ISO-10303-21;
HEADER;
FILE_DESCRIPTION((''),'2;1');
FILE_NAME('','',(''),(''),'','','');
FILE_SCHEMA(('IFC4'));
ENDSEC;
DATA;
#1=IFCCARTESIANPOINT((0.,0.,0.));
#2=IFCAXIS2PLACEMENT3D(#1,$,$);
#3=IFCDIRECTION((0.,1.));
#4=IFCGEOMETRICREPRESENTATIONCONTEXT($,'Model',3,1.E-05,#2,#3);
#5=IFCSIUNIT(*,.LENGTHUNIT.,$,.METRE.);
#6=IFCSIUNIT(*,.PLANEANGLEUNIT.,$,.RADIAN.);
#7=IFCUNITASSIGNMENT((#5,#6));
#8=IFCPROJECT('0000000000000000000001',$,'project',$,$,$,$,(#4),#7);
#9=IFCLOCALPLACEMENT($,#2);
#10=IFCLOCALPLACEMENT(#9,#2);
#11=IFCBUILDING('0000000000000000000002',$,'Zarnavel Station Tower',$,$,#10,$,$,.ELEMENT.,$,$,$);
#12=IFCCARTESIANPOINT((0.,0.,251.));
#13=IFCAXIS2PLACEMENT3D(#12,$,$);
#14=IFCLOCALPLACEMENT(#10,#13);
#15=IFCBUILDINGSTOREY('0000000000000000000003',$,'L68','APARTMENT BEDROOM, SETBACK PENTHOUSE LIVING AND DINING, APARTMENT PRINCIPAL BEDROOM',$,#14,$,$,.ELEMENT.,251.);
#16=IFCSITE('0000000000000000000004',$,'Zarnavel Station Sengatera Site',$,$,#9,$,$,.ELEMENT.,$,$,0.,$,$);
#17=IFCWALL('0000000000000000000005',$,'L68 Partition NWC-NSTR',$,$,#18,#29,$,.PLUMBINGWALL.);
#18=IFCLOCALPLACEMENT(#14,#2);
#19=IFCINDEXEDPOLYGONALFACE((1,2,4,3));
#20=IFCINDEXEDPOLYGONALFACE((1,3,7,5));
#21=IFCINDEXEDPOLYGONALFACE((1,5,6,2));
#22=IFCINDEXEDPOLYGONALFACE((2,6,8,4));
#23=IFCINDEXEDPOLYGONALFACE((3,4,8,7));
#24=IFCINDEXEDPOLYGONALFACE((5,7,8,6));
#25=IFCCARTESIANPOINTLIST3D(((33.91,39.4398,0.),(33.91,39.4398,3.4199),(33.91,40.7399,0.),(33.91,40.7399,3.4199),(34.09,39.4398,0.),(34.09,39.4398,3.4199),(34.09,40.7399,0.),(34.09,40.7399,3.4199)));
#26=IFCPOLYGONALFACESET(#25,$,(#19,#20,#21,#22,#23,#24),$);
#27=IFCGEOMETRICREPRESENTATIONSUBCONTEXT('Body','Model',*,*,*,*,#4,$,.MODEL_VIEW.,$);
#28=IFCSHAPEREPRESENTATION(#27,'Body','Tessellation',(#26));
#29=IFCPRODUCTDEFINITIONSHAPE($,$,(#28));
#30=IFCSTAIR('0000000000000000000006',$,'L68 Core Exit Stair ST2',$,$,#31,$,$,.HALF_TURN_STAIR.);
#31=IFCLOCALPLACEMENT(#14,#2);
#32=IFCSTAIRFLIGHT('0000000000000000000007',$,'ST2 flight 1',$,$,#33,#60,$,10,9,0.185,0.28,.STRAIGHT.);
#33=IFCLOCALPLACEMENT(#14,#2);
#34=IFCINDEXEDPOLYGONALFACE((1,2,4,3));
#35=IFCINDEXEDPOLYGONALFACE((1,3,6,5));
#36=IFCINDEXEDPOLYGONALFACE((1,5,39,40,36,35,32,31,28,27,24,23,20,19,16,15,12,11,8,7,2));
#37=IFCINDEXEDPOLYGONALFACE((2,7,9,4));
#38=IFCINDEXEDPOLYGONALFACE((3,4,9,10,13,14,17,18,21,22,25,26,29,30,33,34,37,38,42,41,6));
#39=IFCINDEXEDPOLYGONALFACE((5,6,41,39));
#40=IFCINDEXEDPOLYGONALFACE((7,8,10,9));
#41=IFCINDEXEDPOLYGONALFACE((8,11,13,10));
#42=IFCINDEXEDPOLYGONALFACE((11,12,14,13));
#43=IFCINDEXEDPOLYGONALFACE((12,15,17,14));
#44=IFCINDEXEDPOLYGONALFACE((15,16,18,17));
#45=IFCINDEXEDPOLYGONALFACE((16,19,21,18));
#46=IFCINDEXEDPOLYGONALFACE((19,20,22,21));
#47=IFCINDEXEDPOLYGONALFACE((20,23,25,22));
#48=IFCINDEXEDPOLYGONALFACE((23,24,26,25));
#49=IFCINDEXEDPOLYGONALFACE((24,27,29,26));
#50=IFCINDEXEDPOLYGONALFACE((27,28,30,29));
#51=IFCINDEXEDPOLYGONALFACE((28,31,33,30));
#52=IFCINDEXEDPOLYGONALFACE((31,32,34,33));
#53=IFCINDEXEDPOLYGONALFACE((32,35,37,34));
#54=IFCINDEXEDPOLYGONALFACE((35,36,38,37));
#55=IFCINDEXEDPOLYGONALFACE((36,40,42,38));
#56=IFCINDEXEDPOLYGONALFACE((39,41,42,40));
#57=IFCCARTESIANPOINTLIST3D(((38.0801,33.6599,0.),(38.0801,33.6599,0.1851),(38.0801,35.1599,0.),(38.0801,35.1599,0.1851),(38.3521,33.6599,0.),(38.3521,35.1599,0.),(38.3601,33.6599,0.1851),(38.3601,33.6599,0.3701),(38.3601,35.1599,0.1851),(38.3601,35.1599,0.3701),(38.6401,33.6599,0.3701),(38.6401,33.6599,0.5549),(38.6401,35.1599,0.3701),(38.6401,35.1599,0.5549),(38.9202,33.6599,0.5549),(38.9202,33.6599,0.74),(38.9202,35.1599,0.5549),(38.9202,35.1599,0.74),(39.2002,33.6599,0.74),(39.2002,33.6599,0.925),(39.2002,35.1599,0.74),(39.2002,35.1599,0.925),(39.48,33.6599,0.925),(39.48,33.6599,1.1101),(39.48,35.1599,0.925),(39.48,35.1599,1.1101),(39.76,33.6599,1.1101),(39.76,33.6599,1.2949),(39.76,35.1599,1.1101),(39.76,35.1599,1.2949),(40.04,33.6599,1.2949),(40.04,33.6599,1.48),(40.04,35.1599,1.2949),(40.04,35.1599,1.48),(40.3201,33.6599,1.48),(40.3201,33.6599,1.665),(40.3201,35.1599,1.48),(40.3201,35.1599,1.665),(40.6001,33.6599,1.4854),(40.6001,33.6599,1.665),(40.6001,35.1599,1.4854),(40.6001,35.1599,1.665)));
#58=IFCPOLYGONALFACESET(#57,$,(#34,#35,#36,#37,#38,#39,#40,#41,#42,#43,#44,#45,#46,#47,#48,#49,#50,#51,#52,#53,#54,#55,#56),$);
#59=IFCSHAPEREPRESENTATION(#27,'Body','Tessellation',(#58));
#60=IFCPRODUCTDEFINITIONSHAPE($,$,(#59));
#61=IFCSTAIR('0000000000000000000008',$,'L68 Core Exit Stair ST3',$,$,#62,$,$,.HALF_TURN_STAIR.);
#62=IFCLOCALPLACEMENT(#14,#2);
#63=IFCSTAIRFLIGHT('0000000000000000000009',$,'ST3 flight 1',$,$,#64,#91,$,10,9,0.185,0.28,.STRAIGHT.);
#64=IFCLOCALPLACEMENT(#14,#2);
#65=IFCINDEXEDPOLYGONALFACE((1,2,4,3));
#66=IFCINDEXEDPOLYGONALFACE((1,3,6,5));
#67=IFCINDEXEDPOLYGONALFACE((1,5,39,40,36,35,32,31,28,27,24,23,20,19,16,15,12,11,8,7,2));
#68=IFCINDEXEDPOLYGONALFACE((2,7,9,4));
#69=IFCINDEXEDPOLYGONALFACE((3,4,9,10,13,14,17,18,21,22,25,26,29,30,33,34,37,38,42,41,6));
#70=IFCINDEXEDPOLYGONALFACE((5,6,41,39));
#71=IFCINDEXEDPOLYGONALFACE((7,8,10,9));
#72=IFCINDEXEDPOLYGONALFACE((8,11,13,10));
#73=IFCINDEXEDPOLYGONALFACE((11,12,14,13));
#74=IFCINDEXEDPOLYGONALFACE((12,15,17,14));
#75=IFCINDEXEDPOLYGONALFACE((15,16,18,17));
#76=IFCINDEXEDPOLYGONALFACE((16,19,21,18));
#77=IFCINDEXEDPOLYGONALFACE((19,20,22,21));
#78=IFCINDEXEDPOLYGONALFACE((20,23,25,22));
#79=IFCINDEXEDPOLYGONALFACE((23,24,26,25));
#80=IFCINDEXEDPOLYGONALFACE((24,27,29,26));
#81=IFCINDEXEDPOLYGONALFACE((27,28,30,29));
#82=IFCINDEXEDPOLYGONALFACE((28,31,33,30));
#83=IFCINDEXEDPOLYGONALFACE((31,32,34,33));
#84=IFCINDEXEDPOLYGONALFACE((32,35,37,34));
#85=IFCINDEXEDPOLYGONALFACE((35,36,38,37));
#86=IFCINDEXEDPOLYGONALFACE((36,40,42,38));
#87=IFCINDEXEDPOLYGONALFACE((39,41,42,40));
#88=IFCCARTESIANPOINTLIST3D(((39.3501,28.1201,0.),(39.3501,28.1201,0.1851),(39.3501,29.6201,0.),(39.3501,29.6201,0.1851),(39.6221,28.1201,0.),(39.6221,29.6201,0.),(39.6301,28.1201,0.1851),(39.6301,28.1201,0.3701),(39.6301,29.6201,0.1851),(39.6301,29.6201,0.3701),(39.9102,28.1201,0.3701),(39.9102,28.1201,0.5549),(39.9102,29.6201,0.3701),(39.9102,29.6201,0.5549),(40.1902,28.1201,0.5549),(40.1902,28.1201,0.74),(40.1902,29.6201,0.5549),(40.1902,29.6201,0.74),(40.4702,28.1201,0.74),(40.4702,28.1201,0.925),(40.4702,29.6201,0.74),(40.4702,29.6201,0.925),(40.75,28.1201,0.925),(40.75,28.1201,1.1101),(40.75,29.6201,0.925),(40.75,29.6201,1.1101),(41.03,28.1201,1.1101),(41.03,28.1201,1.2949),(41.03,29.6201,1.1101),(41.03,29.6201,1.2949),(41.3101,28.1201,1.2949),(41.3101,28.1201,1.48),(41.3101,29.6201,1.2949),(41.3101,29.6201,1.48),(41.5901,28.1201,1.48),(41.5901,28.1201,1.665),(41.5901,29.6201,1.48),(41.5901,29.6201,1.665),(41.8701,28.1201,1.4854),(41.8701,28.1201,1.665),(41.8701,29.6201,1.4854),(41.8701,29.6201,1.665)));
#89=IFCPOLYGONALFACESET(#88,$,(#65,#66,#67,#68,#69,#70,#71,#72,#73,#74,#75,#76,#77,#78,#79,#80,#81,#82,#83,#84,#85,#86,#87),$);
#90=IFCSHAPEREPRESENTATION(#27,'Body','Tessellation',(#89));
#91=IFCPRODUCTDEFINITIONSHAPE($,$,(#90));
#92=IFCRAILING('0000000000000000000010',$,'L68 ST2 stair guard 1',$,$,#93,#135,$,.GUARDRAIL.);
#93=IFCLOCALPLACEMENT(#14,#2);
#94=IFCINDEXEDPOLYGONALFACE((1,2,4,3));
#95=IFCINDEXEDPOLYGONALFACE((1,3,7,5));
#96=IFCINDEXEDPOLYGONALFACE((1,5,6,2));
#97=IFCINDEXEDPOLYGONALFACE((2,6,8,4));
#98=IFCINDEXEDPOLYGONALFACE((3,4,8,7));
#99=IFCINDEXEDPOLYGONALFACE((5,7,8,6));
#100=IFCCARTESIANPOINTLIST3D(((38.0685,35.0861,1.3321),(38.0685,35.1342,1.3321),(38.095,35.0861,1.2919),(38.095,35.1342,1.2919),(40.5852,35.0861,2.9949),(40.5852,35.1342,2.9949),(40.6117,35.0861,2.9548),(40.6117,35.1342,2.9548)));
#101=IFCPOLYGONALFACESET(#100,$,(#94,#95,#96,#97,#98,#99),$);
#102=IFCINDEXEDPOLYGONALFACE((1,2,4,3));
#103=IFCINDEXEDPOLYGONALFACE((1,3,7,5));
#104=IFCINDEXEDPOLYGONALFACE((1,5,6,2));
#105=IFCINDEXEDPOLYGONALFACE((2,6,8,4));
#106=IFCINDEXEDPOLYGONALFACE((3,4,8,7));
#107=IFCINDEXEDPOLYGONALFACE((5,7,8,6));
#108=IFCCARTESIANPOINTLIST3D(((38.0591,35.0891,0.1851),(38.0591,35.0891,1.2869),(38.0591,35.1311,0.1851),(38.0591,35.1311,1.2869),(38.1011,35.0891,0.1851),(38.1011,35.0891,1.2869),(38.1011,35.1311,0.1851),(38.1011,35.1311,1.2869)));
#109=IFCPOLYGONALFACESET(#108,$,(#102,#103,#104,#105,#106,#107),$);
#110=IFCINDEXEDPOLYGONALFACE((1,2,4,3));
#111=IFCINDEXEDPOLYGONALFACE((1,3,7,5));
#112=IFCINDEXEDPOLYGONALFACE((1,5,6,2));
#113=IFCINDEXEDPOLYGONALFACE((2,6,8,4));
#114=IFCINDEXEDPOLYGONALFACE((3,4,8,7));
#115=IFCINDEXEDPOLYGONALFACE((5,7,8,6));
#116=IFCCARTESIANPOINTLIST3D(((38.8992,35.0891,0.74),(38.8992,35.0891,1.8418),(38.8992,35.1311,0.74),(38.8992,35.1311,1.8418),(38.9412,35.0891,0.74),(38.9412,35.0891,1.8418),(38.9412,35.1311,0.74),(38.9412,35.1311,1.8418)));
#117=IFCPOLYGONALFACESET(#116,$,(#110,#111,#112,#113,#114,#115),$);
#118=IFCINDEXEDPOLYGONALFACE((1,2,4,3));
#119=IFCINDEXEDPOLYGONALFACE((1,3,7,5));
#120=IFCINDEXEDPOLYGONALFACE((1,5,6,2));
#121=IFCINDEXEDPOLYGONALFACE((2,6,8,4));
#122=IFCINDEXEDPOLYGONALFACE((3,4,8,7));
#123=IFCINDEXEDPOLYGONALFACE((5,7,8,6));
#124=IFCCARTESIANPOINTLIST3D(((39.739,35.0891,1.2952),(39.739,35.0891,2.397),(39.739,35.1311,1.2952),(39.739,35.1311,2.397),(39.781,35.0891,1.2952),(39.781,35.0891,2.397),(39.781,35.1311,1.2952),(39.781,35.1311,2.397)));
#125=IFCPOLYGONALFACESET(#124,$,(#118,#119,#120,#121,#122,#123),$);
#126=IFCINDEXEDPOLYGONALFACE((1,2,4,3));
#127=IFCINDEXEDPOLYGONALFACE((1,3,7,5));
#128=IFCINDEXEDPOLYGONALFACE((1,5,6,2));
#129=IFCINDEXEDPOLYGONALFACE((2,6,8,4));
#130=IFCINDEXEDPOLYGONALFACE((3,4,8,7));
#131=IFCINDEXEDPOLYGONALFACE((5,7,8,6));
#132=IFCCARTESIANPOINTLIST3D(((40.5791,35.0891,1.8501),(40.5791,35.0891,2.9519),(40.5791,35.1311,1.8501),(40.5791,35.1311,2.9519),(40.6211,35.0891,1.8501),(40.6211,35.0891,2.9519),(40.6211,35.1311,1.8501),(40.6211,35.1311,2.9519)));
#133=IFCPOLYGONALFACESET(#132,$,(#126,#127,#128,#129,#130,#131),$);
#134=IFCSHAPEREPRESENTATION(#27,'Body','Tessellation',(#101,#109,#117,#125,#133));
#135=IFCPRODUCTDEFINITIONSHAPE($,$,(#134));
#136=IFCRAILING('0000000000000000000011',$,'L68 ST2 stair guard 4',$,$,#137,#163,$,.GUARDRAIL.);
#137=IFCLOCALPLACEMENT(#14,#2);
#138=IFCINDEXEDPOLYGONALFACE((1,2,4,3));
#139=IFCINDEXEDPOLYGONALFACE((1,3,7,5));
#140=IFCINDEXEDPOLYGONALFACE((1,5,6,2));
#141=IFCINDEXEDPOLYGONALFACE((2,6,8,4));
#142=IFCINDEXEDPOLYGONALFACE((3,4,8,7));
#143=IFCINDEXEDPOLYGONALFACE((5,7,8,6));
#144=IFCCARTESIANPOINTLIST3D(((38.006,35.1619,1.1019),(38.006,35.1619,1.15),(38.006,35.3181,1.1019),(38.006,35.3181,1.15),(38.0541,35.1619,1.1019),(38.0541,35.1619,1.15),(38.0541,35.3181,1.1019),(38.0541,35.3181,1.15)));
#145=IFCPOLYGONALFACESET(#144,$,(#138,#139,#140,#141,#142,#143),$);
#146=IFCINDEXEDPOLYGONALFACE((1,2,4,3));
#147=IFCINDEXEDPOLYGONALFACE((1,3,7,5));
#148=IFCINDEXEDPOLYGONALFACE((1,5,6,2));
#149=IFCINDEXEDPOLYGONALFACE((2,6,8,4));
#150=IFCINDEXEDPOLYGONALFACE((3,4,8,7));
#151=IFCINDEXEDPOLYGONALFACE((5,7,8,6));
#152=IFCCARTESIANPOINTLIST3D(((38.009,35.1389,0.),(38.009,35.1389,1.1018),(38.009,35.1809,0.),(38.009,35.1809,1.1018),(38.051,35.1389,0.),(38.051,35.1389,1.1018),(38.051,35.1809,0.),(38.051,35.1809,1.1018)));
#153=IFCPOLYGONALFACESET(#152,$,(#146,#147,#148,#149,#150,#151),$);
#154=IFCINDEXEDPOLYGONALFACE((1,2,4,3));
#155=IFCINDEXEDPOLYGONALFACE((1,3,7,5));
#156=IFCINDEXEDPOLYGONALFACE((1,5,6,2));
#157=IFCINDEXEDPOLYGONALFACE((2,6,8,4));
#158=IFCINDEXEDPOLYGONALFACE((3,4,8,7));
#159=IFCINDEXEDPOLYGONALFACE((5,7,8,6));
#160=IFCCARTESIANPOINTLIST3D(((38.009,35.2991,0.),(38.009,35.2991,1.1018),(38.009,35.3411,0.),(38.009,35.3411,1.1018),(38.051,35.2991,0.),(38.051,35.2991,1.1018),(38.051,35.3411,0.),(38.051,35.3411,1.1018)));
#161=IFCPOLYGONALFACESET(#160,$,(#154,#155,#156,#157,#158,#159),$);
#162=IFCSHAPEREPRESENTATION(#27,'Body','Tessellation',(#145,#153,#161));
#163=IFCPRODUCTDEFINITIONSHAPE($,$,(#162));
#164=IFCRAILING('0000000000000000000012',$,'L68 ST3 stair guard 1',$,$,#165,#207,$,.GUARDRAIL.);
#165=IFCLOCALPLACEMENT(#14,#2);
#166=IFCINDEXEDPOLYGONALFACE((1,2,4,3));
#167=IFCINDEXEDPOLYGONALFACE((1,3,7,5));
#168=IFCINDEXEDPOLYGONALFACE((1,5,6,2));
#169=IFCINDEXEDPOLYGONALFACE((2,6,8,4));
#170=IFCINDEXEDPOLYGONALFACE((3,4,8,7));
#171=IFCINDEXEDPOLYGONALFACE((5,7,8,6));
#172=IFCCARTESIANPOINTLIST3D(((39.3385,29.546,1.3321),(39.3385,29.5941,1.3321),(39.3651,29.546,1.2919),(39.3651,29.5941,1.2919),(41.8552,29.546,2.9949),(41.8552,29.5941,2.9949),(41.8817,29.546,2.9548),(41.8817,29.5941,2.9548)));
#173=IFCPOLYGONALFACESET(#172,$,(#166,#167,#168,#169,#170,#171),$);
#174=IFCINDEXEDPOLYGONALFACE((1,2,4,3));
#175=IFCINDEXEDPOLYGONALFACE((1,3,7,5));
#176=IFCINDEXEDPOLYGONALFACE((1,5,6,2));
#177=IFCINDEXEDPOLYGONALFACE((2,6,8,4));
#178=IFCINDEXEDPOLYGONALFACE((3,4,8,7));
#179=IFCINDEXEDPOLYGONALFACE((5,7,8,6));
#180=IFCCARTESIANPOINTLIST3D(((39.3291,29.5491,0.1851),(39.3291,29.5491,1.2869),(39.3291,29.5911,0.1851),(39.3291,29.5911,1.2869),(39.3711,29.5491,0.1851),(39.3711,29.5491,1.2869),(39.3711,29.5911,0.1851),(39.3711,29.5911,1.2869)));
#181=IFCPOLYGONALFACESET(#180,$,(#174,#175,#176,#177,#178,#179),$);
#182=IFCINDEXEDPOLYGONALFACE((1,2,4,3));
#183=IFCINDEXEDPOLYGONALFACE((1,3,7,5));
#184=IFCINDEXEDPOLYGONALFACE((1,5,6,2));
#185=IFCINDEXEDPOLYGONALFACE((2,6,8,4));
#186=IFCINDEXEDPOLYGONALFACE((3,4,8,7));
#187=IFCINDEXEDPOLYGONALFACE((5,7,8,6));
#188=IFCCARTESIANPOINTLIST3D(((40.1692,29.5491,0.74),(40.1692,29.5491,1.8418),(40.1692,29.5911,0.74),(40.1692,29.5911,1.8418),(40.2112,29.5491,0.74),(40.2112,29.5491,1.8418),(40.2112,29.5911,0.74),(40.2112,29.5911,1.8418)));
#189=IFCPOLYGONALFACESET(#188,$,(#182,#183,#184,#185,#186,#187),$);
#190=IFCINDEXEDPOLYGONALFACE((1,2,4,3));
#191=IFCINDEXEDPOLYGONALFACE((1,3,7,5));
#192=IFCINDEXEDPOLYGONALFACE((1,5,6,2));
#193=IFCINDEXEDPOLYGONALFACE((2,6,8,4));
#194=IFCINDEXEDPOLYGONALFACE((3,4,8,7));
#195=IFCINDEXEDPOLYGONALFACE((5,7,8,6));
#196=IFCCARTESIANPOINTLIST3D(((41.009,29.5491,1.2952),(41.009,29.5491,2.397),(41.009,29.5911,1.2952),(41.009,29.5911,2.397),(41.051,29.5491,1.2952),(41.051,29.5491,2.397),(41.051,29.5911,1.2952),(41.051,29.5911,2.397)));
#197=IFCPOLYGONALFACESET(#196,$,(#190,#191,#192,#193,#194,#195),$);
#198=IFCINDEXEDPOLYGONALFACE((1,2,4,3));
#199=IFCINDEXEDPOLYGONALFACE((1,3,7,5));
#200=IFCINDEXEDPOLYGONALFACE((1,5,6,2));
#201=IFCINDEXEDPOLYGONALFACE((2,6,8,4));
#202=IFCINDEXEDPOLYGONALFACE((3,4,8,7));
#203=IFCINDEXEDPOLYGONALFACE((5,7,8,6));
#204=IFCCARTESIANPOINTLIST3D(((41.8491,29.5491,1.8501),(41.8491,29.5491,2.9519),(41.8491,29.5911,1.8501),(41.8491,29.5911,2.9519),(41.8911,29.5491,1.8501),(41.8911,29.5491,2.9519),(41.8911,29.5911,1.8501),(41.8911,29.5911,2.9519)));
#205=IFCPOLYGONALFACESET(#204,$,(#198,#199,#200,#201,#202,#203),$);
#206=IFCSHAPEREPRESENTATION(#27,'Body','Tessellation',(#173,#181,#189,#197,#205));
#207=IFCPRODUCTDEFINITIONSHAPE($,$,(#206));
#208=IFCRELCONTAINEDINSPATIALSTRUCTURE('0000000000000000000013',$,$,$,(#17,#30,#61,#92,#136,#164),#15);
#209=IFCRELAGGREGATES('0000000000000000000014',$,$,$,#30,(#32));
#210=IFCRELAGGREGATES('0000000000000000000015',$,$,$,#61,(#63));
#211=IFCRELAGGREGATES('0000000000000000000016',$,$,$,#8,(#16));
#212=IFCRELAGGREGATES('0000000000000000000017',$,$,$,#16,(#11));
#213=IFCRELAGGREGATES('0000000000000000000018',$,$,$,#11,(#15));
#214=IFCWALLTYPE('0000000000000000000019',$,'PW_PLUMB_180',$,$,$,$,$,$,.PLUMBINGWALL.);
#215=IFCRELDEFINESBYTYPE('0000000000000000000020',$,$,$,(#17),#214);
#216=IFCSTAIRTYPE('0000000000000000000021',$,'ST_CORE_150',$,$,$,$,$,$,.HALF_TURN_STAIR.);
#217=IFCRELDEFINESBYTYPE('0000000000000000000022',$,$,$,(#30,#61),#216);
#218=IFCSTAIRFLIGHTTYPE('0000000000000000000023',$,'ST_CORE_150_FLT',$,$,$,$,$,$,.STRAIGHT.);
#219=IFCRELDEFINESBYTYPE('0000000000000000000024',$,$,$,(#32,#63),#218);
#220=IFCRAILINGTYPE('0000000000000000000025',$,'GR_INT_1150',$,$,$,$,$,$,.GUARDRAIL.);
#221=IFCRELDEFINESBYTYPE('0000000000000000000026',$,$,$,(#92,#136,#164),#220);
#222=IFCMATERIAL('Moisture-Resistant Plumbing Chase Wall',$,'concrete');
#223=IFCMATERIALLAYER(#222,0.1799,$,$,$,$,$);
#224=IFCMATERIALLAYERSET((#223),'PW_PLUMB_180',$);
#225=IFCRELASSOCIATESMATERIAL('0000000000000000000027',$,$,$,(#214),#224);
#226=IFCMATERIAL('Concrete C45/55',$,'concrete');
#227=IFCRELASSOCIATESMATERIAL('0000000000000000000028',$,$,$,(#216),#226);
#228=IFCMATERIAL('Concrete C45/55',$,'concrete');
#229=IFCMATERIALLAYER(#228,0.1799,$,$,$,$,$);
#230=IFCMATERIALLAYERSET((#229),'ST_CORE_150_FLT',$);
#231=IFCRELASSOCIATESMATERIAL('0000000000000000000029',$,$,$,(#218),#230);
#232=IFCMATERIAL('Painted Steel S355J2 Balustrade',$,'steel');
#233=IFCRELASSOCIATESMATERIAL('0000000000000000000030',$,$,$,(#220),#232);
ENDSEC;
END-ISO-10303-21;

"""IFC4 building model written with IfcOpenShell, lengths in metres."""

from ifc_helpers import new_model, si_unit, direction, frame, frame_2d, origin, origin_2d, place, context, subcontext, project, spatial, polyline, rectangle, outline, extrude, material, layer, layer_set, type_object, element, aggregate, save


model = new_model("IFC4")

# Units and contexts
model_context = context("Model", 3, precision=1e-05, world=origin(), true_north=direction((0.0, 1.0)))
body_context = subcontext(model_context, "Body", "Model", "MODEL_VIEW")
ifc_project = project(units=[si_unit("LENGTHUNIT", "METRE"), si_unit("PLANEANGLEUNIT", "RADIAN")], contexts=[model_context])

# Site, building, storey
site_placement = place(None, origin())
site = spatial("IfcSite", under=ifc_project, at=site_placement, Name="Zarnavel Station Sengatera Site", CompositionType="ELEMENT", RefElevation=0.0)
building_placement = place(site_placement, origin())
building = spatial("IfcBuilding", under=site, at=building_placement, Name="Zarnavel Station Tower", CompositionType="ELEMENT")
storey_placement = place(building_placement, frame((0.0, 0.0, 251.0)))
storey = spatial("IfcBuildingStorey", under=building, at=storey_placement, Name="L68", Description="APARTMENT BEDROOM, SETBACK PENTHOUSE LIVING AND DINING, APARTMENT PRINCIPAL BEDROOM", CompositionType="ELEMENT", Elevation=251.0)

# Wall
ifc_material_1 = material(Name="Moisture-Resistant Plumbing Chase Wall", Category="concrete")
ifc_layer_1 = layer(ifc_material_1, 0.1799)
ifc_layer_set_1 = layer_set([ifc_layer_1], Name="PW_PLUMB_180")
wall_type_1 = type_object("IfcWallType", Name="PW_PLUMB_180", PredefinedType="PLUMBINGWALL", material=ifc_layer_set_1)
wall_1_placement = place(storey_placement, frame((34.0, 39.4399, 0.0), z_axis=(0.0, 0.0, 1.0), x_axis=(0.0, 1.0, 0.0)))
element("IfcWall", 1, at=wall_1_placement, inside=storey, type_object=wall_type_1, Name="L68 Partition NWC-NSTR", PredefinedType="PLUMBINGWALL", context=body_context, shape_type="SweptSolid", body=[
    extrude(rectangle(XDim=1.3, YDim=0.1799, at=frame_2d((0.6499, 0.0))), origin(), (0.0, 0.0, 1.0), 3.4199),
])

# Stairs, stair flights
ifc_material_2 = material(Name="Concrete C45/55", Category="concrete")
stair_type = type_object("IfcStairType", Name="ST_CORE_150", PredefinedType="HALF_TURN_STAIR", material=ifc_material_2)
stair_1_placement = place(storey_placement, origin())
stair_1 = element("IfcStair", 2, at=stair_1_placement, inside=storey, type_object=stair_type, Name="L68 Core Exit Stair ST2", PredefinedType="HALF_TURN_STAIR")
ifc_material_3 = material(Name="Concrete C45/55", Category="concrete")
ifc_layer_2 = layer(ifc_material_3, 0.1799)
ifc_layer_set_2 = layer_set([ifc_layer_2], Name="ST_CORE_150_FLT")
stair_flight_type = type_object("IfcStairFlightType", Name="ST_CORE_150_FLT", PredefinedType="STRAIGHT", material=ifc_layer_set_2)
stair_flight_1_placement = place(storey_placement, frame((38.0801, 34.4099, 0.0), z_axis=(0.0, 0.0, 1.0), x_axis=(1.0, 0.0, 0.0)))
stair_flight_1 = element("IfcStairFlight", 3, at=stair_flight_1_placement, type_object=stair_flight_type, Name="ST2 flight 1", NumberOfRisers=10, NumberOfTreads=9, PredefinedType="STRAIGHT", RiserHeight=0.185, TreadLength=0.28, context=body_context, shape_type="SweptSolid", body=[
    extrude(outline(polyline([(0.0, 0.0), (0.0, 0.1851), (0.28, 0.1851), (0.28, 0.3701), (0.5601, 0.3701), (0.5601, 0.5549), (0.8401, 0.5549), (0.8401, 0.74), (1.1201, 0.74), (1.1201, 0.925), (1.3999, 0.925), (1.3999, 1.1101), (1.6799, 1.1101), (1.6799, 1.2949), (1.96, 1.2949), (1.96, 1.48), (2.24, 1.48), (2.24, 1.665), (2.52, 1.665), (2.52, 1.8501), (2.52, 1.4854), (0.272, 0.0), (0.0, 0.0)])), frame((0.0, 0.75, 0.0), z_axis=(0.0, -1.0, 0.0), x_axis=(1.0, 0.0, 0.0)), (0.0, 0.0, 1.0), 1.5),
])
aggregate(stair_1, [stair_flight_1])
stair_2_placement = place(storey_placement, origin())
stair_2 = element("IfcStair", 4, at=stair_2_placement, inside=storey, type_object=stair_type, Name="L68 Core Exit Stair ST3", PredefinedType="HALF_TURN_STAIR")
stair_flight_2_placement = place(storey_placement, frame((39.3501, 28.8701, 0.0), z_axis=(0.0, 0.0, 1.0), x_axis=(1.0, 0.0, 0.0)))
stair_flight_2 = element("IfcStairFlight", 5, at=stair_flight_2_placement, type_object=stair_flight_type, Name="ST3 flight 1", NumberOfRisers=10, NumberOfTreads=9, PredefinedType="STRAIGHT", RiserHeight=0.185, TreadLength=0.28, context=body_context, shape_type="SweptSolid", body=[
    extrude(outline(polyline([(0.0, 0.0), (0.0, 0.1851), (0.28, 0.1851), (0.28, 0.3701), (0.5601, 0.3701), (0.5601, 0.5549), (0.8401, 0.5549), (0.8401, 0.74), (1.1201, 0.74), (1.1201, 0.925), (1.3999, 0.925), (1.3999, 1.1101), (1.6799, 1.1101), (1.6799, 1.2949), (1.96, 1.2949), (1.96, 1.48), (2.24, 1.48), (2.24, 1.665), (2.52, 1.665), (2.52, 1.8501), (2.52, 1.4854), (0.272, 0.0), (0.0, 0.0)])), frame((0.0, 0.75, 0.0), z_axis=(0.0, -1.0, 0.0), x_axis=(1.0, 0.0, 0.0)), (0.0, 0.0, 1.0), 1.5),
])
aggregate(stair_2, [stair_flight_2])

# Railings
ifc_material_4 = material(Name="Painted Steel S355J2 Balustrade", Category="steel")
railing_type_1 = type_object("IfcRailingType", Name="GR_INT_1150", PredefinedType="GUARDRAIL", material=ifc_material_4)
railing_1_placement = place(storey_placement, frame((38.0801, 35.1101, 0.1851)))
element("IfcRailing", 6, at=railing_1_placement, inside=storey, type_object=railing_type_1, Name="L68 ST2 stair guard 1", PredefinedType="GUARDRAIL", context=body_context, shape_type="SweptSolid", body=[
    extrude(rectangle(XDim=0.0481, YDim=0.0481, at=origin_2d()), frame((0.0017, 0.0, 1.127), z_axis=(0.834331, 0.0, 0.551263), x_axis=(0.0, 1.0, 0.0)), (0.0, 0.0, 1.0), 3.0164),
    extrude(rectangle(XDim=0.042, YDim=0.042, at=origin_2d()), origin(), (0.0, 0.0, 1.0), 1.1018),
    extrude(rectangle(XDim=0.042, YDim=0.042, at=origin_2d()), frame((0.8401, 0.0, 0.5549)), (0.0, 0.0, 1.0), 1.1018),
    extrude(rectangle(XDim=0.042, YDim=0.042, at=origin_2d()), frame((1.6799, 0.0, 1.1101)), (0.0, 0.0, 1.0), 1.1018),
    extrude(rectangle(XDim=0.042, YDim=0.042, at=origin_2d()), frame((2.52, 0.0, 1.665)), (0.0, 0.0, 1.0), 1.1018),
])
railing_2_placement = place(storey_placement, frame((38.03, 35.1599, 0.0)))
element("IfcRailing", 7, at=railing_2_placement, inside=storey, type_object=railing_type_1, Name="L68 ST2 stair guard 4", PredefinedType="GUARDRAIL", context=body_context, shape_type="SweptSolid", body=[
    extrude(rectangle(XDim=0.0481, YDim=0.0481, at=origin_2d()), frame((0.0, 0.002, 1.126), z_axis=(0.0, 1.0, 0.0), x_axis=(-1.0, 0.0, 0.0)), (0.0, 0.0, 1.0), 0.1562),
    extrude(rectangle(XDim=0.042, YDim=0.042, at=origin_2d()), origin(), (0.0, 0.0, 1.0), 1.1018),
    extrude(rectangle(XDim=0.042, YDim=0.042, at=origin_2d()), frame((0.0, 0.1602, 0.0)), (0.0, 0.0, 1.0), 1.1018),
])
railing_3_placement = place(storey_placement, frame((39.3501, 29.5701, 0.1851)))
element("IfcRailing", 8, at=railing_3_placement, inside=storey, type_object=railing_type_1, Name="L68 ST3 stair guard 1", PredefinedType="GUARDRAIL", context=body_context, shape_type="SweptSolid", body=[
    extrude(rectangle(XDim=0.0481, YDim=0.0481, at=origin_2d()), frame((0.0017, 0.0, 1.127), z_axis=(0.834331, 0.0, 0.551263), x_axis=(0.0, 1.0, 0.0)), (0.0, 0.0, 1.0), 3.0164),
    extrude(rectangle(XDim=0.042, YDim=0.042, at=origin_2d()), origin(), (0.0, 0.0, 1.0), 1.1018),
    extrude(rectangle(XDim=0.042, YDim=0.042, at=origin_2d()), frame((0.8401, 0.0, 0.5549)), (0.0, 0.0, 1.0), 1.1018),
    extrude(rectangle(XDim=0.042, YDim=0.042, at=origin_2d()), frame((1.6799, 0.0, 1.1101)), (0.0, 0.0, 1.0), 1.1018),
    extrude(rectangle(XDim=0.042, YDim=0.042, at=origin_2d()), frame((2.52, 0.0, 1.665)), (0.0, 0.0, 1.0), 1.1018),
])

save(model, "model.ifc")
